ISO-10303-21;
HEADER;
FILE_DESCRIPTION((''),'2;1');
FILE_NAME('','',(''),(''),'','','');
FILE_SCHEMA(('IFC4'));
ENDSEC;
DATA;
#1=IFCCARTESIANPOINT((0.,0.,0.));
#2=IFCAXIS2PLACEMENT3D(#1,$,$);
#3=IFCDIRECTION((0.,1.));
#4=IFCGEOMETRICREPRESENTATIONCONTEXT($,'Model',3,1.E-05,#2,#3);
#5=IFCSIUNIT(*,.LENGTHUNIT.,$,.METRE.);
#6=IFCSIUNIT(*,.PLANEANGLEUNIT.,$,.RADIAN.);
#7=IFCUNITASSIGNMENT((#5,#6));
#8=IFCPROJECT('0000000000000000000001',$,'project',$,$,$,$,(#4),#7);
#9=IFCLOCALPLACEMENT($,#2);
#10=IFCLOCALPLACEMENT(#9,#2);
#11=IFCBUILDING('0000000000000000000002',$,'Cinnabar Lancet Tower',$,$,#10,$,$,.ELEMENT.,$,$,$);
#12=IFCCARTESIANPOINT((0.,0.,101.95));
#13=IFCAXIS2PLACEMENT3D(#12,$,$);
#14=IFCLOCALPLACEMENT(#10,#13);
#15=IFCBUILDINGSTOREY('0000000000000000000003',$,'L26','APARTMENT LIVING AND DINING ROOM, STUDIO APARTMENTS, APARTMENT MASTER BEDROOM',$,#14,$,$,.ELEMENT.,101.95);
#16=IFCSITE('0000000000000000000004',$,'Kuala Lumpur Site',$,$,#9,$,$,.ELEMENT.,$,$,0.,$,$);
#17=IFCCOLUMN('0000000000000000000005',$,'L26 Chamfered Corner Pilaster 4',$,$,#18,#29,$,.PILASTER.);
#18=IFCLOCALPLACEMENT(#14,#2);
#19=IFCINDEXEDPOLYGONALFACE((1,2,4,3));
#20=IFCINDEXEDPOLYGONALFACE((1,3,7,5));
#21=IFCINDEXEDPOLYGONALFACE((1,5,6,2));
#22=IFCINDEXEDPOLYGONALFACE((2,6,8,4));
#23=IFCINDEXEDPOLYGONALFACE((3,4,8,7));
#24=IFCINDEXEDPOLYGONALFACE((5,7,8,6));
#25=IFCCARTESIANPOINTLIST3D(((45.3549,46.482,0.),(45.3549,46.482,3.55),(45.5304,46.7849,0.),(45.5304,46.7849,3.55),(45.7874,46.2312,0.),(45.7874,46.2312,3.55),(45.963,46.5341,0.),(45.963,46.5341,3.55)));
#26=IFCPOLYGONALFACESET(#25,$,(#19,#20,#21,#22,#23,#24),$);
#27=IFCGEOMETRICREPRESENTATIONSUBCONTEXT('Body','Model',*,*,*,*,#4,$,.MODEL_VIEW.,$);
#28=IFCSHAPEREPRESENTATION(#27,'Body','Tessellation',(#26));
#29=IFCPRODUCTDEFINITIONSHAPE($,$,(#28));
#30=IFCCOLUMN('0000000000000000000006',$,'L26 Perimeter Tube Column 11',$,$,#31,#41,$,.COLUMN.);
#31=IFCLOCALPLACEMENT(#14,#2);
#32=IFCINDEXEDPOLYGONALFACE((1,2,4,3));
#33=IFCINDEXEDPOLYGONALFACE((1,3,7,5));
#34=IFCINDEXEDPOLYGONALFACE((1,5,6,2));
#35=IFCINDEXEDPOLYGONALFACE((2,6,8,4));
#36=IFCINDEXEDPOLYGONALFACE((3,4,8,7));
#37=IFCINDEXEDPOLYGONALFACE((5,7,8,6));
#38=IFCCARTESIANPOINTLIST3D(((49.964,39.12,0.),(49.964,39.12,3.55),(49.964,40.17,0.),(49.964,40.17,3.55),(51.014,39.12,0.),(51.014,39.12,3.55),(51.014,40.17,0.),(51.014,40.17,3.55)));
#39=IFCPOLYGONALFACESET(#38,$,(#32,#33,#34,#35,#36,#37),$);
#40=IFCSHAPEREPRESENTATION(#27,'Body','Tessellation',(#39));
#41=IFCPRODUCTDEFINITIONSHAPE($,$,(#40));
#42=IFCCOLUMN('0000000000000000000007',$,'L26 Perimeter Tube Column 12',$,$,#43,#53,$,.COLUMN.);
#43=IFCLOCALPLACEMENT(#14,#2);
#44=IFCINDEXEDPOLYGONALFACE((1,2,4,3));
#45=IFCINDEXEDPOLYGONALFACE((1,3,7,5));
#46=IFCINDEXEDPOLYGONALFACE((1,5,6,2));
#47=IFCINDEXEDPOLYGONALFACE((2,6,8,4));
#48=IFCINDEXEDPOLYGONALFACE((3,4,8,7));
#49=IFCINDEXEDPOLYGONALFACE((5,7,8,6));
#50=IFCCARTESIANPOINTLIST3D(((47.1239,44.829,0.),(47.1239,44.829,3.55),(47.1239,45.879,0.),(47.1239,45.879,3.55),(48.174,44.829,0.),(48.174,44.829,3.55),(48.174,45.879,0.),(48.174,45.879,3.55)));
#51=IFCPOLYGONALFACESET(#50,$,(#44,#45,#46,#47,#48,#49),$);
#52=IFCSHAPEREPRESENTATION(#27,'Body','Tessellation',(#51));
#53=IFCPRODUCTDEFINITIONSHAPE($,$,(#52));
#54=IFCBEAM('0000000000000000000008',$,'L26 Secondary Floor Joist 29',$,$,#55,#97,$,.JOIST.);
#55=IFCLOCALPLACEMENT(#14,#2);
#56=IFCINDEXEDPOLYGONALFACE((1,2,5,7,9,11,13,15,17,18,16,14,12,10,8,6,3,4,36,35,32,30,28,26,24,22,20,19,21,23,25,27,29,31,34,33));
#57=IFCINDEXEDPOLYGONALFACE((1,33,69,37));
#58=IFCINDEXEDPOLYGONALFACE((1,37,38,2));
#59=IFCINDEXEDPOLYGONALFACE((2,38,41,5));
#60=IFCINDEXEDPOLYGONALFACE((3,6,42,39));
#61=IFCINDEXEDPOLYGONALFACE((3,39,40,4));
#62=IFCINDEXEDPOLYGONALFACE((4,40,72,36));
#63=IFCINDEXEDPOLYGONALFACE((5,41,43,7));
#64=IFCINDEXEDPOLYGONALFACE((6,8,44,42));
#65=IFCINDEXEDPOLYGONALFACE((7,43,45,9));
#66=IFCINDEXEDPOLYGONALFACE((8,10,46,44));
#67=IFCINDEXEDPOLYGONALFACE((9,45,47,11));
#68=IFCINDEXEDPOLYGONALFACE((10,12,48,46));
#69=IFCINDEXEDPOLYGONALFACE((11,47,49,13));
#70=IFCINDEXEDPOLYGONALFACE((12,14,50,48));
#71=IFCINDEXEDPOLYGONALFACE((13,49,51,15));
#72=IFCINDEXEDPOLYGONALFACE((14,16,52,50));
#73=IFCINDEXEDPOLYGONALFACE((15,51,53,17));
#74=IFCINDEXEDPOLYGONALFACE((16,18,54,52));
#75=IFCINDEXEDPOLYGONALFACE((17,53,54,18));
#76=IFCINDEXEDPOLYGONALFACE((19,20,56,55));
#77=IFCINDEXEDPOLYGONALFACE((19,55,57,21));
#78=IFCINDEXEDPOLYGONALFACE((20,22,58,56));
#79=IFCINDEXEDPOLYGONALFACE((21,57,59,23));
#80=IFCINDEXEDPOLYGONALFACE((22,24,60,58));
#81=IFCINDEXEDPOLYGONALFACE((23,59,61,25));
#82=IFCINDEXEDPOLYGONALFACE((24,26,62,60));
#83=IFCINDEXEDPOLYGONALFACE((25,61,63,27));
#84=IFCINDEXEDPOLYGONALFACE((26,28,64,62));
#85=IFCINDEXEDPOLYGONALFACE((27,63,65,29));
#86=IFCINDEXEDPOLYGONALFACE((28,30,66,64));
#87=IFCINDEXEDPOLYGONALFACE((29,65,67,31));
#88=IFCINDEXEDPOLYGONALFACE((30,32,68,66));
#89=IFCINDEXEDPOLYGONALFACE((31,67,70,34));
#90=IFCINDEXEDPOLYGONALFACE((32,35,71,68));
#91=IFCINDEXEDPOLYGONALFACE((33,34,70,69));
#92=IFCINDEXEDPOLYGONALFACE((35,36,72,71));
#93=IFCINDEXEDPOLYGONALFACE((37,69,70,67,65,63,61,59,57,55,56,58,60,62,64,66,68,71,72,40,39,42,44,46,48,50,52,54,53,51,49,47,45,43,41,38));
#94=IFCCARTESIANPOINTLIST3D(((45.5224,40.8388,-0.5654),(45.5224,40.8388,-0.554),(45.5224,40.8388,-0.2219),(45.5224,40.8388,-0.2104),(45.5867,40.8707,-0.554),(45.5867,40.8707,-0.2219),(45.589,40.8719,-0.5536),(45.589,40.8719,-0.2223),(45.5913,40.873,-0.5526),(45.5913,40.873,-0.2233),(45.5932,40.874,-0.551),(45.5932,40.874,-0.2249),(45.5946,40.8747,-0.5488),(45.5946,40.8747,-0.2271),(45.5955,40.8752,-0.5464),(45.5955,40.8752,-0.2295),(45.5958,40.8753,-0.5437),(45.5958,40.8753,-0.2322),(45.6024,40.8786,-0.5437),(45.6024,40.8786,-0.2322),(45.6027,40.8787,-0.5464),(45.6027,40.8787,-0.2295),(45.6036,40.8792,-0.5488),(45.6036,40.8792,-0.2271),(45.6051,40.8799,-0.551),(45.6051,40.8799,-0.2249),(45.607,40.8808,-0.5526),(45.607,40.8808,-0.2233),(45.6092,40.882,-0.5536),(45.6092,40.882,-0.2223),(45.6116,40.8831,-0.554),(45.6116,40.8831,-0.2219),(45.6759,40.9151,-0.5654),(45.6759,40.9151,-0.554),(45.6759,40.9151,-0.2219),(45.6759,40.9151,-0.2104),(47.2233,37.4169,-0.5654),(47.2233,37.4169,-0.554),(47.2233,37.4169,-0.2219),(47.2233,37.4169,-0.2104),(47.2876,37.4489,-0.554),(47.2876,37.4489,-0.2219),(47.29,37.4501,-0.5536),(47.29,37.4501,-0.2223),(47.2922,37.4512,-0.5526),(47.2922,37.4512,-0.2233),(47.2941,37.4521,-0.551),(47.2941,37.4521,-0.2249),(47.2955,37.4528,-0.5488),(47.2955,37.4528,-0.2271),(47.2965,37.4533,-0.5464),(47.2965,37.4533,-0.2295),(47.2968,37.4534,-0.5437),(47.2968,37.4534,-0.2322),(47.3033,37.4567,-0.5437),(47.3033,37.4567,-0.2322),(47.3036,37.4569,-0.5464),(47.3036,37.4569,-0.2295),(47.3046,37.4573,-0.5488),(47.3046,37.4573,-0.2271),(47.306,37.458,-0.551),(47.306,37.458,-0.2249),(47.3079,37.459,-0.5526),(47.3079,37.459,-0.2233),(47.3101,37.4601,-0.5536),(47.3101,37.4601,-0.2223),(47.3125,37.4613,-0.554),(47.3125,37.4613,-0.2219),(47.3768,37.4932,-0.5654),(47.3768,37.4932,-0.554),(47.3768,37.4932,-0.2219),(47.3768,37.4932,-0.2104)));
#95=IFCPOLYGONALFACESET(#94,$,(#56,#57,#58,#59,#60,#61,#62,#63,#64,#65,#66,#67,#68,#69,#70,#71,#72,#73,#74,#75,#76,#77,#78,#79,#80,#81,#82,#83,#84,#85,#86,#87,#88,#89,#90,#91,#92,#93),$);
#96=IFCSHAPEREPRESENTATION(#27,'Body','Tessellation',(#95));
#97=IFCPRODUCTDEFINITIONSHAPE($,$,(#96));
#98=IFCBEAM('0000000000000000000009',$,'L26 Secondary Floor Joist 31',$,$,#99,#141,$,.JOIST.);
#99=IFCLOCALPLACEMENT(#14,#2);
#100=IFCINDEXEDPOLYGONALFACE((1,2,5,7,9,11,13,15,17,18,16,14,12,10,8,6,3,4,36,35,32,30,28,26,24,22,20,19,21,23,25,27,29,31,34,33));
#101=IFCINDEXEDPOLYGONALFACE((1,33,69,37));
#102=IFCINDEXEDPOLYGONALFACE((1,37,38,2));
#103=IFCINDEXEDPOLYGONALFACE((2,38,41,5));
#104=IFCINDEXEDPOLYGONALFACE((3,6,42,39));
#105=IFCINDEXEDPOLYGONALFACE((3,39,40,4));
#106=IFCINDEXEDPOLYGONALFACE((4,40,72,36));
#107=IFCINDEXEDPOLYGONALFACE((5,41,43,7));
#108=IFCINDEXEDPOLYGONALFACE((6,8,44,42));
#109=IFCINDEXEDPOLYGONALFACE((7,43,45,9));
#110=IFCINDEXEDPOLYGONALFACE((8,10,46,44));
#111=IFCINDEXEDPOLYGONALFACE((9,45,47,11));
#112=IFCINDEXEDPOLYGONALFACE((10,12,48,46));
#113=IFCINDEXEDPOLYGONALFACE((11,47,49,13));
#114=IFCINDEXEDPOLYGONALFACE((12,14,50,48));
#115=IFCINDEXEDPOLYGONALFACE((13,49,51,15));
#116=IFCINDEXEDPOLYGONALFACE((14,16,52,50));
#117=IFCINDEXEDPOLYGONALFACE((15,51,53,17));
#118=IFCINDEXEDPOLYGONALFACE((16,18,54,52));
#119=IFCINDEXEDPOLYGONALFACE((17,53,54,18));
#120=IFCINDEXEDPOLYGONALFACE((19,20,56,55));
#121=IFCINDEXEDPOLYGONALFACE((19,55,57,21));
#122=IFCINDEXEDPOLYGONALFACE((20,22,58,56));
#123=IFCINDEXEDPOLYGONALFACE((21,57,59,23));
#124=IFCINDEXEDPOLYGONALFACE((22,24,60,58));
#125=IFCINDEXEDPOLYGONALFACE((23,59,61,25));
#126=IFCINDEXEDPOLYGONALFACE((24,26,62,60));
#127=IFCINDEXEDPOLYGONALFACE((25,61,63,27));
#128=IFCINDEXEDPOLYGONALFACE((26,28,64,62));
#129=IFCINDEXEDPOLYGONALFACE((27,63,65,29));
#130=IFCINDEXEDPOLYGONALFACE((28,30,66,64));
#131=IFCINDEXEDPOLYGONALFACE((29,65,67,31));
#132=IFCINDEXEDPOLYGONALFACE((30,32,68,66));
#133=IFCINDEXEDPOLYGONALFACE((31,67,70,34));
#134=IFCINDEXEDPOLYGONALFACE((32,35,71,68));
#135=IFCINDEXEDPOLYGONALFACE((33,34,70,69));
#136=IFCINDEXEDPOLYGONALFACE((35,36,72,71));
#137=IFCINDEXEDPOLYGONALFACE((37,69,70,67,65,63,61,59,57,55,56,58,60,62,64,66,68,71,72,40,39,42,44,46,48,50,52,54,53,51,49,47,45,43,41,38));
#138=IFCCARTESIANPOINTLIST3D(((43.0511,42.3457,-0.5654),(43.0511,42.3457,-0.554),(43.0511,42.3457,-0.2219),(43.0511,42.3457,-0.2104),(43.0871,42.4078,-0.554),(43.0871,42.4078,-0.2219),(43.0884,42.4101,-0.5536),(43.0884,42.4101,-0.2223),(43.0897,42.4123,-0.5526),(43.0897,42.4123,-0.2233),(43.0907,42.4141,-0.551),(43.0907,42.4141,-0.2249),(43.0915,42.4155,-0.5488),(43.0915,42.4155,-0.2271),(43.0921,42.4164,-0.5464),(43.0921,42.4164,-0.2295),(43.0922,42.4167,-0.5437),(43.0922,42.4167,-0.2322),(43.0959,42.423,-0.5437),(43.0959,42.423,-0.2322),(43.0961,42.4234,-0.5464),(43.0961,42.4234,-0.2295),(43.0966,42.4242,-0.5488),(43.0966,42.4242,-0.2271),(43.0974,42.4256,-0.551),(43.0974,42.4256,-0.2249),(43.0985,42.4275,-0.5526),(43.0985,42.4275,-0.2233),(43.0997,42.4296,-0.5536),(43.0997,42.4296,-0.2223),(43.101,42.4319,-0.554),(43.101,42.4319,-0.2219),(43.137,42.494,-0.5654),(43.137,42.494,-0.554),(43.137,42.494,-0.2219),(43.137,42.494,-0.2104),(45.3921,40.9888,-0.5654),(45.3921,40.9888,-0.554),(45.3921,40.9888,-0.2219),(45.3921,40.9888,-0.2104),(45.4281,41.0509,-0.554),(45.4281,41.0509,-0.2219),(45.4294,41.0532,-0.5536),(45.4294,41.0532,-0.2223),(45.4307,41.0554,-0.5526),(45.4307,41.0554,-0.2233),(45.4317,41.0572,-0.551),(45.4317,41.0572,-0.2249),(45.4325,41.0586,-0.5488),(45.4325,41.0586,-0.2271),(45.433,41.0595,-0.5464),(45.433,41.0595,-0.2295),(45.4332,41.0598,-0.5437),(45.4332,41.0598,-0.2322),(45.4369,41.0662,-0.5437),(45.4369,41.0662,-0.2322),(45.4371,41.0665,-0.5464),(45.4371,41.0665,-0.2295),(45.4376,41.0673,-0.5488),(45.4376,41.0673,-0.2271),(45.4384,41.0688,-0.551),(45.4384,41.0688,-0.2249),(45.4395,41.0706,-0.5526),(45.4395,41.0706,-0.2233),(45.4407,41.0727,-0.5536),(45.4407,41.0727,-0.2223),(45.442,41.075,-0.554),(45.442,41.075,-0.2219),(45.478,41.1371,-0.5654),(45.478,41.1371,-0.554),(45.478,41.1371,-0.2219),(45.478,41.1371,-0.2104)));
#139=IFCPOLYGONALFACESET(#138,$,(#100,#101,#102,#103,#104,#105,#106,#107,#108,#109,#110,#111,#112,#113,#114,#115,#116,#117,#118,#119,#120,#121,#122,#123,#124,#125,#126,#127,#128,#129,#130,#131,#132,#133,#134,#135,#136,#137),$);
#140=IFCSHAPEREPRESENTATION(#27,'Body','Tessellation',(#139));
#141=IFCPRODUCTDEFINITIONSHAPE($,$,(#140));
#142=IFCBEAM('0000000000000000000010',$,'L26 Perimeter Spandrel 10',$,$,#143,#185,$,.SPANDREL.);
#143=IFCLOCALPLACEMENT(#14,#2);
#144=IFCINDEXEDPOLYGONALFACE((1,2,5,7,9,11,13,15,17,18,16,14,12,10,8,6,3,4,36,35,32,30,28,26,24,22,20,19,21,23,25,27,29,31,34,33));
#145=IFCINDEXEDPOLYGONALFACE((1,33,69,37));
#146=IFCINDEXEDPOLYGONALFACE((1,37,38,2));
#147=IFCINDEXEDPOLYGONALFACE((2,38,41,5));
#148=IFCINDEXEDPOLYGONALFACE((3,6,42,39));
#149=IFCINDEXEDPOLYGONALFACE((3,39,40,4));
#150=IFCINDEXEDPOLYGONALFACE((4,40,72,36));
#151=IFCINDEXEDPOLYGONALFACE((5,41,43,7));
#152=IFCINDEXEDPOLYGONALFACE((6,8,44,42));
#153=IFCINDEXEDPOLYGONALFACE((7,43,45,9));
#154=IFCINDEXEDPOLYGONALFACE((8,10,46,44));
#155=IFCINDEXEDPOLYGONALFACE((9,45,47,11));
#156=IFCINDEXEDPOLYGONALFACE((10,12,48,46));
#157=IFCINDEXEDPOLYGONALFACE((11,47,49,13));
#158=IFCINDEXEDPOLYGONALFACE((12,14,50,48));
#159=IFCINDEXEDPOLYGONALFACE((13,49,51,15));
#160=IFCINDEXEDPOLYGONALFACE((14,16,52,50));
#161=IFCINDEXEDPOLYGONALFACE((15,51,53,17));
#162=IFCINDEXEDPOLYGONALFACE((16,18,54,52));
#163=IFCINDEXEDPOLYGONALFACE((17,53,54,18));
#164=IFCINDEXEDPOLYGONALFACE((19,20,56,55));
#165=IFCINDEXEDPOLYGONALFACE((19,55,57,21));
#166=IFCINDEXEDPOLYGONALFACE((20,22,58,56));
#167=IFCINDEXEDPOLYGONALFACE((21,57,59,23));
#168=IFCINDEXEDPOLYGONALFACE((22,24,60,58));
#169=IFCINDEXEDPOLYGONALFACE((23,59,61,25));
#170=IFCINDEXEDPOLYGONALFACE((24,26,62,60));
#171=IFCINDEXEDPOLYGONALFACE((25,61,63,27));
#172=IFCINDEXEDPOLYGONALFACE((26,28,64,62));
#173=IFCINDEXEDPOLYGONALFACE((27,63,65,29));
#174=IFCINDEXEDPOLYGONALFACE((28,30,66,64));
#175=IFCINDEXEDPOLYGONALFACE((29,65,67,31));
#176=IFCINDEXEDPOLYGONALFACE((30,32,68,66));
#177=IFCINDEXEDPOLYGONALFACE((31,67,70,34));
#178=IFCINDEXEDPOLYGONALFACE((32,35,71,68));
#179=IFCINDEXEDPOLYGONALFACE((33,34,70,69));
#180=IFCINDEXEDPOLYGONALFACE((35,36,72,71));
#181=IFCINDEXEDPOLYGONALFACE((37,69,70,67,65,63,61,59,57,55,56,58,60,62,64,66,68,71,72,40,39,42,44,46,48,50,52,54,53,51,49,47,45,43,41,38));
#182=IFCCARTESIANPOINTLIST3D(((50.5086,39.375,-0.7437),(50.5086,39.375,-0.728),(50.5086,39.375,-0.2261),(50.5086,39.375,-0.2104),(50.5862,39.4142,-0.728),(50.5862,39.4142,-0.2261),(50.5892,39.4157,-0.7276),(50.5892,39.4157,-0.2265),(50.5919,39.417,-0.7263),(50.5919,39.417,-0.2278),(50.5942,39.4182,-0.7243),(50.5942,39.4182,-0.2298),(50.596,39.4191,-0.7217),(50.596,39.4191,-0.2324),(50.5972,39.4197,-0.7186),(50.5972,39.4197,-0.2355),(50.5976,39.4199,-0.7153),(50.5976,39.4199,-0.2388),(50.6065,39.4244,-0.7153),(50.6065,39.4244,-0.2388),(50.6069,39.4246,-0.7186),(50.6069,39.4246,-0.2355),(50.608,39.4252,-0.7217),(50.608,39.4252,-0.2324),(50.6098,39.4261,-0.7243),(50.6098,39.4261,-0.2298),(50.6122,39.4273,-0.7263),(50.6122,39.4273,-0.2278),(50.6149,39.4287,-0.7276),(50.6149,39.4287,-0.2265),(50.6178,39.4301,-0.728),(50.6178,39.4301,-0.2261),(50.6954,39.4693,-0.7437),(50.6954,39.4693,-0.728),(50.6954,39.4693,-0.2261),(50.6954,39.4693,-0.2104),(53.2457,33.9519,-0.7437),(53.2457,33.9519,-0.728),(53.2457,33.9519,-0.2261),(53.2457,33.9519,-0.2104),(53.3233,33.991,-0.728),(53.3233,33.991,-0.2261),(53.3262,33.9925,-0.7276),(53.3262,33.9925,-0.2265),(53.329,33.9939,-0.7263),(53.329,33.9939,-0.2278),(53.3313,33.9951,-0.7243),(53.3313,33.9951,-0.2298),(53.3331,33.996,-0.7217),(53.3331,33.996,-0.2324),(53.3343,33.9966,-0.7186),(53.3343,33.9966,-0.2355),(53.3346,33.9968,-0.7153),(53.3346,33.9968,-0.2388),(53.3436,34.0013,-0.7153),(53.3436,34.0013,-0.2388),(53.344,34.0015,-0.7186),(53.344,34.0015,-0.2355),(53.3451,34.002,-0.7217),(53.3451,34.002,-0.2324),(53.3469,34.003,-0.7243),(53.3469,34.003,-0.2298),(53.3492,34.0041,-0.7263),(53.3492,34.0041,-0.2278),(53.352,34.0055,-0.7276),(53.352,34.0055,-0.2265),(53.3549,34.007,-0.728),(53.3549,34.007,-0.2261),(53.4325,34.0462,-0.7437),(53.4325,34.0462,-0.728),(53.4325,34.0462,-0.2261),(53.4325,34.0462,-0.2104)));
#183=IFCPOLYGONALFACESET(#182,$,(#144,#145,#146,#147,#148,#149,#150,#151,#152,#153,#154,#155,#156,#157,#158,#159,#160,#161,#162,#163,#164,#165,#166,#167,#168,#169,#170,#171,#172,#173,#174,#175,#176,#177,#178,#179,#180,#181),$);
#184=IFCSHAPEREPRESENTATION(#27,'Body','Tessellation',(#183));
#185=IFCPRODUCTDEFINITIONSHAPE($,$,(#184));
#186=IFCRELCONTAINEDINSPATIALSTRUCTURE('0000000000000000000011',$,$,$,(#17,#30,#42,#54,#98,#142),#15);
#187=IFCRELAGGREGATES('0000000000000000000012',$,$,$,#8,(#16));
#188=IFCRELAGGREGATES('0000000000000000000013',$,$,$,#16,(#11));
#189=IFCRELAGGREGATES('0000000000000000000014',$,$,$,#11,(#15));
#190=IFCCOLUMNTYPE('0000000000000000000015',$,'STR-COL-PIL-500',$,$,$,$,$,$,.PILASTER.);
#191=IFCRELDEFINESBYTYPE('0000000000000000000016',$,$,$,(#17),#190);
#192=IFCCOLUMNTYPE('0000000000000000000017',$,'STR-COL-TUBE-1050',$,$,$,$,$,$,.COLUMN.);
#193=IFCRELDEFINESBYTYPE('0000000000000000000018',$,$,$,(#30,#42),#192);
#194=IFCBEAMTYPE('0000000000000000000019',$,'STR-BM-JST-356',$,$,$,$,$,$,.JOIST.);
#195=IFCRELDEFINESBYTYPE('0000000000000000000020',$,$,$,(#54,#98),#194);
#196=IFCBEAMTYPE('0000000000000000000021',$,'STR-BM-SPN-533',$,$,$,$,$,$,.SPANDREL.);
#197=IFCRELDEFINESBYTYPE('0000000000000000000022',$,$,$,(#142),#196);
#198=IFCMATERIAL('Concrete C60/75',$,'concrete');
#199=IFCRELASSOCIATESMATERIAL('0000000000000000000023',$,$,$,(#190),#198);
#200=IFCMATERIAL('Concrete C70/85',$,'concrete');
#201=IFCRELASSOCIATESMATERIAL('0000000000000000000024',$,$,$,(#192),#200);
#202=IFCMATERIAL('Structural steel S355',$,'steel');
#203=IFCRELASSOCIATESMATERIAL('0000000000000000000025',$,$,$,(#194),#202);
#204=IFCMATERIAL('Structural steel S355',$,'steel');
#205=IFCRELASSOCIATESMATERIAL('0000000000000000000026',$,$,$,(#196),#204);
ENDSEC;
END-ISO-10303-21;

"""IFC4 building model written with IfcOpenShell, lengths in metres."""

from ifc_helpers import new_model, si_unit, direction, frame, origin, origin_2d, place, context, subcontext, project, spatial, rectangle, i_section, extrude, material, material_profile, profile_set, type_object, element, save


model = new_model("IFC4")

# Units and contexts
model_context = context("Model", 3, precision=1e-05, world=origin(), true_north=direction((0.0, 1.0)))
body_context = subcontext(model_context, "Body", "Model", "MODEL_VIEW")
ifc_project = project(units=[si_unit("LENGTHUNIT", "METRE"), si_unit("PLANEANGLEUNIT", "RADIAN")], contexts=[model_context])

# Site, building, storey
site_placement = place(None, origin())
site = spatial("IfcSite", under=ifc_project, at=site_placement, Name="Kuala Lumpur Site", CompositionType="ELEMENT", RefElevation=0.0)
building_placement = place(site_placement, origin())
building = spatial("IfcBuilding", under=site, at=building_placement, Name="Cinnabar Lancet Tower", CompositionType="ELEMENT")
storey_placement = place(building_placement, frame((0.0, 0.0, 101.95)))
storey = spatial("IfcBuildingStorey", under=building, at=storey_placement, Name="L26", Description="APARTMENT LIVING AND DINING ROOM, STUDIO APARTMENTS, APARTMENT MASTER BEDROOM", CompositionType="ELEMENT", Elevation=101.95)

# Columns
ifc_material_1 = material(Name="Concrete C60/75", Category="concrete")
ifc_material_profile_1 = material_profile(ifc_material_1, rectangle(XDim=0.5, YDim=0.3501, at=origin_2d()), Name="RC-PIL 500x350")
ifc_profile_set_1 = profile_set([ifc_material_profile_1], Name="Concrete C60/75")
column_type_1 = type_object("IfcColumnType", Name="STR-COL-PIL-500", PredefinedType="PILASTER", material=ifc_profile_set_1)
column_placement = place(storey_placement, frame((45.6589, 46.5081, 0.0), z_axis=(0.0, 0.0, 1.0), x_axis=(-0.86516, 0.501496, 0.0)))
element("IfcColumn", 1, at=column_placement, inside=storey, type_object=column_type_1, Name="L26 Chamfered Corner Pilaster 4", PredefinedType="PILASTER", context=body_context, shape_type="SweptSolid", body=[
    extrude(rectangle(XDim=0.5, YDim=0.3501, at=origin_2d()), origin(), (0.0, 0.0, 1.0), 3.55),
])
ifc_material_2 = material(Name="Concrete C70/85", Category="concrete")
ifc_material_profile_2 = material_profile(ifc_material_2, rectangle(XDim=1.05, YDim=1.05, at=origin_2d()), Name="RC-COL 1050x1050")
ifc_profile_set_2 = profile_set([ifc_material_profile_2], Name="Concrete C70/85")
column_type_2 = type_object("IfcColumnType", Name="STR-COL-TUBE-1050", PredefinedType="COLUMN", material=ifc_profile_set_2)
for number, where, z_axis, x_axis, name in (
    (2, (50.489, 39.645, 0.0), (0.0, 0.0, 1.0), (1.0, 0.0, 0.0), "L26 Perimeter Tube Column 11"),
    (3, (47.6489, 45.354, 0.0), (0.0, 0.0, 1.0), (1.0, 0.0, 0.0), "L26 Perimeter Tube Column 12"),
):
    element("IfcColumn", number, at=place(storey_placement, frame(where, z_axis=z_axis, x_axis=x_axis)), inside=storey, type_object=column_type_2, Name=name, PredefinedType="COLUMN", context=body_context, shape_type="SweptSolid", body=[
        extrude(rectangle(XDim=1.05, YDim=1.05, at=origin_2d()), origin(), (0.0, 0.0, 1.0), 3.55),
    ])

# Beams
ifc_material_3 = material(Name="Structural steel S355", Category="steel")
ifc_material_profile_3 = material_profile(ifc_material_3, i_section(OverallWidth=0.1714, OverallDepth=0.355, WebThickness=0.0073, FlangeThickness=0.0115, FilletRadius=0.0103, at=origin_2d()), Name="UKB 356x171x51")
ifc_profile_set_3 = profile_set([ifc_material_profile_3], Name="Structural steel S355")
beam_type_1 = type_object("IfcBeamType", Name="STR-BM-JST-356", PredefinedType="JOIST", material=ifc_profile_set_3)
beam_1_placement = place(storey_placement, frame((47.3, 37.4551, -0.3879), z_axis=(-0.445117, 0.895473, 0.0), x_axis=(-0.895473, -0.445117, 0.0)))
element("IfcBeam", 4, at=beam_1_placement, inside=storey, type_object=beam_type_1, Name="L26 Secondary Floor Joist 29", PredefinedType="JOIST", context=body_context, shape_type="SweptSolid", body=[
    extrude(i_section(OverallWidth=0.1714, OverallDepth=0.355, WebThickness=0.0073, FlangeThickness=0.0115, FilletRadius=0.0103, at=origin_2d()), origin(), (0.0, 0.0, 1.0), 3.8213),
])
beam_2_placement = place(storey_placement, frame((45.4351, 41.063, -0.3879), z_axis=(-0.865173, 0.501474, 0.0), x_axis=(-0.501474, -0.865173, 0.0)))
element("IfcBeam", 5, at=beam_2_placement, inside=storey, type_object=beam_type_1, Name="L26 Secondary Floor Joist 31", PredefinedType="JOIST", context=body_context, shape_type="SweptSolid", body=[
    extrude(i_section(OverallWidth=0.1714, OverallDepth=0.355, WebThickness=0.0073, FlangeThickness=0.0115, FilletRadius=0.0103, at=origin_2d()), origin(), (0.0, 0.0, 1.0), 2.7058),
])
ifc_material_4 = material(Name="Structural steel S355", Category="steel")
ifc_material_profile_4 = material_profile(ifc_material_4, i_section(OverallWidth=0.2092, OverallDepth=0.5332, WebThickness=0.01, FlangeThickness=0.0156, FilletRadius=0.0127, at=origin_2d()), Name="UKB 533x210x92")
ifc_profile_set_4 = profile_set([ifc_material_profile_4], Name="Structural steel S355")
beam_type_2 = type_object("IfcBeamType", Name="STR-BM-SPN-533", PredefinedType="SPANDREL", material=ifc_profile_set_4)
beam_3_placement = place(storey_placement, frame((53.3391, 33.999, -0.4771), z_axis=(-0.45057, 0.892741, 0.0), x_axis=(-0.892741, -0.45057, 0.0)))
element("IfcBeam", 6, at=beam_3_placement, inside=storey, type_object=beam_type_2, Name="L26 Perimeter Spandrel 10", PredefinedType="SPANDREL", context=body_context, shape_type="SweptSolid", body=[
    extrude(i_section(OverallWidth=0.2092, OverallDepth=0.5332, WebThickness=0.01, FlangeThickness=0.0156, FilletRadius=0.0127, at=origin_2d()), origin(), (0.0, 0.0, 1.0), 6.0747),
])

save(model, "model.ifc")
